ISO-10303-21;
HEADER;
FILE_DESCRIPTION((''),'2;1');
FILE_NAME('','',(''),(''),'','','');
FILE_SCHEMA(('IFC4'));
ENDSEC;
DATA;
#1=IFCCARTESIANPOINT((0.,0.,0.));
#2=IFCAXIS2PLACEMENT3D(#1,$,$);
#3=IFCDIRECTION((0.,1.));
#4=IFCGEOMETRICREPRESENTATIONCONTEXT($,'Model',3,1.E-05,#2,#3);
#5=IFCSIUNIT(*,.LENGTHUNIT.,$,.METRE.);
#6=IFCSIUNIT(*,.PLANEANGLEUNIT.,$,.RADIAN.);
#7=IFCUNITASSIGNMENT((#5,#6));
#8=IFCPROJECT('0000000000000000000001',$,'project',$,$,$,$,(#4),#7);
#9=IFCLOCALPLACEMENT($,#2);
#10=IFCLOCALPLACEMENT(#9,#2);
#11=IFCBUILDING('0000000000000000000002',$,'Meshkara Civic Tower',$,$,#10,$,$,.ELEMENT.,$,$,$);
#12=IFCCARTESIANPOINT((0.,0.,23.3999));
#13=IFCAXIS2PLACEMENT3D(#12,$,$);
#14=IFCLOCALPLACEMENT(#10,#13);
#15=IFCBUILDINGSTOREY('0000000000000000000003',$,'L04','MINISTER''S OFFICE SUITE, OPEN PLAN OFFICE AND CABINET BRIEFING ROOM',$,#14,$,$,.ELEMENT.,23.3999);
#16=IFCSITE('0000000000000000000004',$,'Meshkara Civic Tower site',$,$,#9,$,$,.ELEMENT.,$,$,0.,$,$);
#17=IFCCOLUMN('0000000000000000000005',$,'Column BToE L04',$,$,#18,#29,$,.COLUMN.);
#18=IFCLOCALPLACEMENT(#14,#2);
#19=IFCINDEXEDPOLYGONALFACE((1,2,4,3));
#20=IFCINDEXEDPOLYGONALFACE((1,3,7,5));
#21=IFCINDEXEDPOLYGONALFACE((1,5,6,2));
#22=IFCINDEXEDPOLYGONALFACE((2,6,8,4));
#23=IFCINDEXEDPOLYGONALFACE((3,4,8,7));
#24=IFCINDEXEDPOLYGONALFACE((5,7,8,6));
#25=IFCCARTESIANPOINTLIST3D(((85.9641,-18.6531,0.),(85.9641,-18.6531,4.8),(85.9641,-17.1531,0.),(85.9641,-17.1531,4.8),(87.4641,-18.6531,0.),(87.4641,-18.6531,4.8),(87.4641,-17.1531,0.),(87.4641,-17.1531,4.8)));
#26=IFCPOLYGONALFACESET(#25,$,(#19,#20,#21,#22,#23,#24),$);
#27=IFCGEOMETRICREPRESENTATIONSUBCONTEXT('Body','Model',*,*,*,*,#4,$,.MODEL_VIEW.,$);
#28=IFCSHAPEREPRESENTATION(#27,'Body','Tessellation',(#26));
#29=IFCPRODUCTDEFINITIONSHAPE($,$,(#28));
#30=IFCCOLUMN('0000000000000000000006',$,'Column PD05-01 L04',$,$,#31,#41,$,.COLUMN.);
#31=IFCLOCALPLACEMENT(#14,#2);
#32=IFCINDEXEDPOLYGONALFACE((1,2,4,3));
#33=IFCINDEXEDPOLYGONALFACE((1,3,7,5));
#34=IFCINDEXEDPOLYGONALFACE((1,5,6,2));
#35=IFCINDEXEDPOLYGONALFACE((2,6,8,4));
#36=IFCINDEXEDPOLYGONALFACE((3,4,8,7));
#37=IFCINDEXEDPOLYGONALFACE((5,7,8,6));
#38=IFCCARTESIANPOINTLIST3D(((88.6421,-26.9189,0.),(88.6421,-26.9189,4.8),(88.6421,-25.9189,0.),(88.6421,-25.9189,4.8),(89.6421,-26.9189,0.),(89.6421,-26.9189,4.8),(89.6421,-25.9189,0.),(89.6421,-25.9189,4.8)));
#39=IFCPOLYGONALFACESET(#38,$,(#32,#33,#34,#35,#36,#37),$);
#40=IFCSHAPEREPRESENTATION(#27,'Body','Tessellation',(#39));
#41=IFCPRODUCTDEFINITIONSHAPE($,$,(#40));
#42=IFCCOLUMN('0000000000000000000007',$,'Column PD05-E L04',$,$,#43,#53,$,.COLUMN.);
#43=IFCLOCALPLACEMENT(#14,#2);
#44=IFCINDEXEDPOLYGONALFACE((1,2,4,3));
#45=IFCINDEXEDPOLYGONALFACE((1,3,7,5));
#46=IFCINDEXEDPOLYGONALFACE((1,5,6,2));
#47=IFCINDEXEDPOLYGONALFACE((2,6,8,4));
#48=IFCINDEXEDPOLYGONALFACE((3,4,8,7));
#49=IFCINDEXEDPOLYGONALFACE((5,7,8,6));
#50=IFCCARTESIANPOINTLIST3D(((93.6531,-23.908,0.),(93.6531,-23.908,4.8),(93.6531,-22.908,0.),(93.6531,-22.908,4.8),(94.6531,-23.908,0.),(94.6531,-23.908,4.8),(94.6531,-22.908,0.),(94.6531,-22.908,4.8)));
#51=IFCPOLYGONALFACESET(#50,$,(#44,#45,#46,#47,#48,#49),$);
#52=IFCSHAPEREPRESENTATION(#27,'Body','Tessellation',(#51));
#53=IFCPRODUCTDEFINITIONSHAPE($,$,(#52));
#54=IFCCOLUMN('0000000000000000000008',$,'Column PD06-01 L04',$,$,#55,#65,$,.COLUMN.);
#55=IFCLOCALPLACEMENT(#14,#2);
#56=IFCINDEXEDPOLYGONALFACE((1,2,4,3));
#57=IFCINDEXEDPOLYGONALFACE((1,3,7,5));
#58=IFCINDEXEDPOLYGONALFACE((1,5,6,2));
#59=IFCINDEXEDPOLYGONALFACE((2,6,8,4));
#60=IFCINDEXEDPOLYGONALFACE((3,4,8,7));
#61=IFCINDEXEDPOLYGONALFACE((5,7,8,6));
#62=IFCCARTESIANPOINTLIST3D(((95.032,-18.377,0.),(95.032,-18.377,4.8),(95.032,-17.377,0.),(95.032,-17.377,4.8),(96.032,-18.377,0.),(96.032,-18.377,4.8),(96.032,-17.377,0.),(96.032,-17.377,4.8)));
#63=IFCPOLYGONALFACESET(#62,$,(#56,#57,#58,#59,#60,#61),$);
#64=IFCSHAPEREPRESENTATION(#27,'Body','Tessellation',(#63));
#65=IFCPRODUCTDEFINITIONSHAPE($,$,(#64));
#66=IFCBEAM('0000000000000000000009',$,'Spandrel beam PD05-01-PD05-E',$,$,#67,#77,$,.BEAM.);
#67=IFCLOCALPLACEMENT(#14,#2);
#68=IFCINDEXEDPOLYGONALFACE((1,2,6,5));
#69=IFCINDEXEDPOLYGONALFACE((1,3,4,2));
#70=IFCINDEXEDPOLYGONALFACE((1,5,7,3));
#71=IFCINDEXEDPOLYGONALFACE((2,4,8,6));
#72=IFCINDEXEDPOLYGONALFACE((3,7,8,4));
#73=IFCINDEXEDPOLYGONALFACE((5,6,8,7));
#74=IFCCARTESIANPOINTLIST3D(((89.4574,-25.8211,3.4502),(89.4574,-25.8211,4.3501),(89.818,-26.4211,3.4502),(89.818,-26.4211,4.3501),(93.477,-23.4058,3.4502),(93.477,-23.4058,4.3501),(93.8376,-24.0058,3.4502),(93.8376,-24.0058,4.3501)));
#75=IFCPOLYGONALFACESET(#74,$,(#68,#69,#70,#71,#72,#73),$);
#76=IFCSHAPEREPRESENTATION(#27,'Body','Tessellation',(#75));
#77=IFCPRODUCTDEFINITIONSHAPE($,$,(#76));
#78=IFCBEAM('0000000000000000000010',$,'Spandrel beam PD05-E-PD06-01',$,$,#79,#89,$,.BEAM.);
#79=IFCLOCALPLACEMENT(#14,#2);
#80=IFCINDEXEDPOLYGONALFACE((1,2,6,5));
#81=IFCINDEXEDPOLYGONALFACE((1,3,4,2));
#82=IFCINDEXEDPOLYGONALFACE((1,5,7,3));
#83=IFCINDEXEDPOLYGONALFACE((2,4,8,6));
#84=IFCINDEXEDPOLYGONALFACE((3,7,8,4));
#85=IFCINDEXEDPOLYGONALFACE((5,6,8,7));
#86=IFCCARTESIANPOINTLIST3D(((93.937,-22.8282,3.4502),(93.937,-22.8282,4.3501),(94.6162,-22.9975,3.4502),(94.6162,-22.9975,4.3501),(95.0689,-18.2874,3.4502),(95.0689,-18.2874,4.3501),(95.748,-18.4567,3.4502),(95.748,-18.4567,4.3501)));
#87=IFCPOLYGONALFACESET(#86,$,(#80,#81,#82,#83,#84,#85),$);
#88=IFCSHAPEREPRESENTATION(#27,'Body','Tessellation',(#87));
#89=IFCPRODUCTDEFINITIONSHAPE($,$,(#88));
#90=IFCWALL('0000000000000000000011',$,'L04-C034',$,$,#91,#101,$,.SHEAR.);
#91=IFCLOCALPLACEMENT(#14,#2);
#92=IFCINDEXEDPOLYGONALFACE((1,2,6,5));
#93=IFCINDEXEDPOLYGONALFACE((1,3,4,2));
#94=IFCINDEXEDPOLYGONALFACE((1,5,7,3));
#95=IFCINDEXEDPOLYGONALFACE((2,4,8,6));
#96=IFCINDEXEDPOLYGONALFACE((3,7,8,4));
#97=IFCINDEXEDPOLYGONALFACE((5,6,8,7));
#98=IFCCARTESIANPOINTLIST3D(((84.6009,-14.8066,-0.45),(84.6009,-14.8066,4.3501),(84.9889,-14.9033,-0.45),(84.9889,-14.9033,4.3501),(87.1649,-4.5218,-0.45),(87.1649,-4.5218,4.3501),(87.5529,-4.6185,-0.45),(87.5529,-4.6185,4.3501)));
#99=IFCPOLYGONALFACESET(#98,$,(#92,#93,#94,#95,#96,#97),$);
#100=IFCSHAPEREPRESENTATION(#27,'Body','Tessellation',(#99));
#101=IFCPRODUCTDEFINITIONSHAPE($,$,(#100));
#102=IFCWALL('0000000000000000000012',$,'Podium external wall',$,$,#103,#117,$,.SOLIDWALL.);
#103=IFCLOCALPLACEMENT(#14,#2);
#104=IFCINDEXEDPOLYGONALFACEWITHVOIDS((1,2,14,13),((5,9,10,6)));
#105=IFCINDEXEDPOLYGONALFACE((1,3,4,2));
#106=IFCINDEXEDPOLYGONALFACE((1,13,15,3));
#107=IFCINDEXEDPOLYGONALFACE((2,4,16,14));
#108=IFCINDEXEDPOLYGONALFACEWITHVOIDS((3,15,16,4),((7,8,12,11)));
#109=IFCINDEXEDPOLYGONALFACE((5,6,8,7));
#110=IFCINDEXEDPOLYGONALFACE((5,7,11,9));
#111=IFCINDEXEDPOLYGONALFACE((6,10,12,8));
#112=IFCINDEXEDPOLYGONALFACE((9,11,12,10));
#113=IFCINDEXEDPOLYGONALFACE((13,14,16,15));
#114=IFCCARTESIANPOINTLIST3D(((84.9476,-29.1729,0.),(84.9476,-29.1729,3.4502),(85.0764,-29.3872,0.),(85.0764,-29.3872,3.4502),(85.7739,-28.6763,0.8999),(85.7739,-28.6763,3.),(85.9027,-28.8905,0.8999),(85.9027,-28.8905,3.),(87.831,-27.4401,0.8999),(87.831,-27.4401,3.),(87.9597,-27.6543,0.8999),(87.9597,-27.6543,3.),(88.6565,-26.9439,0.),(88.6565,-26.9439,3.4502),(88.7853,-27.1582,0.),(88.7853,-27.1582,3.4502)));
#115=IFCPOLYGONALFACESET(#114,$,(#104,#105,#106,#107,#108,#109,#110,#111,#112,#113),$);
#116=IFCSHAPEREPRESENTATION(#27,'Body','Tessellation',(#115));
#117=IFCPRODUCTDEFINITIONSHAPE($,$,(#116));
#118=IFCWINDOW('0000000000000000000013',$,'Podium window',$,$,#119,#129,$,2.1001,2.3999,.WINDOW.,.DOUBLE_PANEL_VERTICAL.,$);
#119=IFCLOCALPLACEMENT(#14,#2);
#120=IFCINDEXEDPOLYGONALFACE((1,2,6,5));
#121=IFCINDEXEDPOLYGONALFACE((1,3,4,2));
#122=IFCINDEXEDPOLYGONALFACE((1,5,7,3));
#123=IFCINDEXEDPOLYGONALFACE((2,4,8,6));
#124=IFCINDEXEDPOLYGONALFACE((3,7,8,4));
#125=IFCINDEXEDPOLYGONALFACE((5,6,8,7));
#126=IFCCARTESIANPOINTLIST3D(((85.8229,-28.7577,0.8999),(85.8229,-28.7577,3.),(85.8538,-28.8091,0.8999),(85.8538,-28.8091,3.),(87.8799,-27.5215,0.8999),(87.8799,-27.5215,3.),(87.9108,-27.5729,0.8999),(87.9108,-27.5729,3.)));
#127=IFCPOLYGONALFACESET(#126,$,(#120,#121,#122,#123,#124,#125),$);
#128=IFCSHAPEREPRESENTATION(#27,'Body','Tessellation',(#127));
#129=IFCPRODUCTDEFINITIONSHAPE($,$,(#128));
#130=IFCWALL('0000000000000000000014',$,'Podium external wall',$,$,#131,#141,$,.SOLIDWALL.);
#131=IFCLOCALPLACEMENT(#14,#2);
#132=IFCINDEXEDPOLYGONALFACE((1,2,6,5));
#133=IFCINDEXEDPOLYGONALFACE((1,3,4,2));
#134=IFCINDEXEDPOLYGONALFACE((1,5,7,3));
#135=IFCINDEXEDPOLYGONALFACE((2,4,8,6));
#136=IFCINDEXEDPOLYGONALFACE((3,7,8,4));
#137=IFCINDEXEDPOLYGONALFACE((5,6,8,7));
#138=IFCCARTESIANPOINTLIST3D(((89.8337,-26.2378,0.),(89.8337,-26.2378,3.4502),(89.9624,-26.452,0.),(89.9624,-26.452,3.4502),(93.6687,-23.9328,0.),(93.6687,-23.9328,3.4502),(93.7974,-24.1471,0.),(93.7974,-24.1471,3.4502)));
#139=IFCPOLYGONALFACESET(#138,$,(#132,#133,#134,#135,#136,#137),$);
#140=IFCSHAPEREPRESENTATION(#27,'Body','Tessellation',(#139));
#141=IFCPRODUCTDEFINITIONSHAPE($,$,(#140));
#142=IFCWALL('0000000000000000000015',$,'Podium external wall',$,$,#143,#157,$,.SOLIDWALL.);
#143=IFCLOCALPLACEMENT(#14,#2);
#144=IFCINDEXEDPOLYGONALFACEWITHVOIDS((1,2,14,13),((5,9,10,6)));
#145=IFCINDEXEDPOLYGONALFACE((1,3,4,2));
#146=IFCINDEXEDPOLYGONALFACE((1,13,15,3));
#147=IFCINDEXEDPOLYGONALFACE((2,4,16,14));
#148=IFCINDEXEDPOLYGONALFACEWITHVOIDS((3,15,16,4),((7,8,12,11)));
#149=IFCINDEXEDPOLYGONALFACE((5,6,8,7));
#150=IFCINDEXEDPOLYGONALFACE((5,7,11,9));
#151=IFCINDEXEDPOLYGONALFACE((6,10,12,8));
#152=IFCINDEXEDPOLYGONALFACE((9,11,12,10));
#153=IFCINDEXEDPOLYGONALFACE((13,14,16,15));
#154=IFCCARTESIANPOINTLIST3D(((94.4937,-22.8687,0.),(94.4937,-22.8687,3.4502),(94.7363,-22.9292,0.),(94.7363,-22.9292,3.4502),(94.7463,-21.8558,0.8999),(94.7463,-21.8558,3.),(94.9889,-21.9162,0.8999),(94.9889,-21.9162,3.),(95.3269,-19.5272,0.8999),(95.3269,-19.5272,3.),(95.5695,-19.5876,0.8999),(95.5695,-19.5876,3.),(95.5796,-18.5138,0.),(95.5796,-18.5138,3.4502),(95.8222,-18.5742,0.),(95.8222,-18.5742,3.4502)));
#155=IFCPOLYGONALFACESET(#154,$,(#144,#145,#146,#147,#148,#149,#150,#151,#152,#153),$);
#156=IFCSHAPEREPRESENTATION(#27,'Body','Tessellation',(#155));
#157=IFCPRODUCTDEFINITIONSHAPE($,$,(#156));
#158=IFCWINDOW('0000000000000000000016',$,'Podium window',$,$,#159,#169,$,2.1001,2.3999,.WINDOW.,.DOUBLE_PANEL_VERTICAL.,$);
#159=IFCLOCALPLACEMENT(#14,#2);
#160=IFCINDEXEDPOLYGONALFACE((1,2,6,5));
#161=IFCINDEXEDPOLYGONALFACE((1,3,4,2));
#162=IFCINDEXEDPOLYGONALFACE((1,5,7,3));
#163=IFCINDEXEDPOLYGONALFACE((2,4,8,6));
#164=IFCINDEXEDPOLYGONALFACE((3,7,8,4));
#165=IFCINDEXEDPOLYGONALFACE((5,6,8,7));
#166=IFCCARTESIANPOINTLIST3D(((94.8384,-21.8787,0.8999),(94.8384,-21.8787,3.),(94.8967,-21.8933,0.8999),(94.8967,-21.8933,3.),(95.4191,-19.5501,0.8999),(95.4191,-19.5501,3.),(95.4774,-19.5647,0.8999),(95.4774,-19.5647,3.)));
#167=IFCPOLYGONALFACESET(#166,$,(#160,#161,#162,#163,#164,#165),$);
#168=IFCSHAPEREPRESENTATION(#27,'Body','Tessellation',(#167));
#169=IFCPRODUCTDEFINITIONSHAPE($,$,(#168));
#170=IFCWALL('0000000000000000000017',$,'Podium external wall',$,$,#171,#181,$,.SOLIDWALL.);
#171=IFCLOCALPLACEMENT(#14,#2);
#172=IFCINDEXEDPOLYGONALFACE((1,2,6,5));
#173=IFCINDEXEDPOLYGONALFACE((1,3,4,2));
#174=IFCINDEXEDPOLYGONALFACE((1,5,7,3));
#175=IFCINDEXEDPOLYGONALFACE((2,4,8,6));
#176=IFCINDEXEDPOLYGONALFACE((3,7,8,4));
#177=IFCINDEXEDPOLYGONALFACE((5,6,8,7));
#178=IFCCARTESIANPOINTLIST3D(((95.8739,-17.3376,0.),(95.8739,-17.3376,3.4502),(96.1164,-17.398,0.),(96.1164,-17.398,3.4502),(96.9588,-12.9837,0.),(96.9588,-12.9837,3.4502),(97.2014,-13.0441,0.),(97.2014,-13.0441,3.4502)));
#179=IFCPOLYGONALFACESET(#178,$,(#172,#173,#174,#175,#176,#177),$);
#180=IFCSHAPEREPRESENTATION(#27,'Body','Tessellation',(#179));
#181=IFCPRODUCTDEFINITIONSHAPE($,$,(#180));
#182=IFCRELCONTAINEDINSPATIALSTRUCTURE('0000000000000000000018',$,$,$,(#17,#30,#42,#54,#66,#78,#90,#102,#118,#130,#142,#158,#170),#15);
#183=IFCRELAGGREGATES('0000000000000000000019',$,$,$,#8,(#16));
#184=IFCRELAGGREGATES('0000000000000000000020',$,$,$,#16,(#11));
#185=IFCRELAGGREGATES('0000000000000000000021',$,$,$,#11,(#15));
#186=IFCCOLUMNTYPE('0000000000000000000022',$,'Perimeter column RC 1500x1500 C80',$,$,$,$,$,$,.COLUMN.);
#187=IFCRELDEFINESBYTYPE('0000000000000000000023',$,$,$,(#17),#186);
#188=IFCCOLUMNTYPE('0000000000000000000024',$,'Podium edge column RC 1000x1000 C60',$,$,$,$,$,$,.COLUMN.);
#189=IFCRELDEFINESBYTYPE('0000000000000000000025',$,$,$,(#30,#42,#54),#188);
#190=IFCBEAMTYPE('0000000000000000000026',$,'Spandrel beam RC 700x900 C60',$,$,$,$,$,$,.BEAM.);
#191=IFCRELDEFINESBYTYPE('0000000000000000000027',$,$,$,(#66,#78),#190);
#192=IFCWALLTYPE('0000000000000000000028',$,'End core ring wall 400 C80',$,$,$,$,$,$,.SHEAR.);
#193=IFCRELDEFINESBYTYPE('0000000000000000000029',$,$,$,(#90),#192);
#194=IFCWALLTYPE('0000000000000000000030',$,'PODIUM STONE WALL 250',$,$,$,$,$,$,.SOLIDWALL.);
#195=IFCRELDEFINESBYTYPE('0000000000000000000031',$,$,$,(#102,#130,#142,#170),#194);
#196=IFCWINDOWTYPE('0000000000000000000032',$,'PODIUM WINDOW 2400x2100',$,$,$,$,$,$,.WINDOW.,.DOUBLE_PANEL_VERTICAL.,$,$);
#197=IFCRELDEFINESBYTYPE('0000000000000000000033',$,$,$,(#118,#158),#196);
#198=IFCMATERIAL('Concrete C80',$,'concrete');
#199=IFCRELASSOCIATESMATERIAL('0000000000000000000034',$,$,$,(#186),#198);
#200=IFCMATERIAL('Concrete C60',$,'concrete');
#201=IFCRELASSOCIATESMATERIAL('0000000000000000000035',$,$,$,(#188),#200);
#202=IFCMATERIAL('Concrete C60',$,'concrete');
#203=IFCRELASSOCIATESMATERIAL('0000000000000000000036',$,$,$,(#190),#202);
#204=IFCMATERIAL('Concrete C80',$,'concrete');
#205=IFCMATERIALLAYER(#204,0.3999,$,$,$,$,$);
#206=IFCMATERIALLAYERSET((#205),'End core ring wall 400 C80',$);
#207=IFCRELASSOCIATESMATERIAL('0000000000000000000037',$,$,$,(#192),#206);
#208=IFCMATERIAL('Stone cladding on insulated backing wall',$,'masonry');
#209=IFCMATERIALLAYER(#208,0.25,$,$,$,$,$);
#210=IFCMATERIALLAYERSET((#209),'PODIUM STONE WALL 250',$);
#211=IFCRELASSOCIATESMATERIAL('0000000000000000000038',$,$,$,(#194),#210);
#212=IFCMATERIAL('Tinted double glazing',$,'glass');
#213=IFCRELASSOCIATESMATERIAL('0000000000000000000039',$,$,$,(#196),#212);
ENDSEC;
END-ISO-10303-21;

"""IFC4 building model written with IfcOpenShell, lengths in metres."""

from ifc_helpers import new_model, si_unit, direction, frame, frame_2d, origin, origin_2d, place, context, subcontext, project, spatial, rectangle, extrude, material, layer, layer_set, material_profile, profile_set, type_object, element, fill, save


model = new_model("IFC4")

# Units and contexts
model_context = context("Model", 3, precision=1e-05, world=origin(), true_north=direction((0.0, 1.0)))
body_context = subcontext(model_context, "Body", "Model", "MODEL_VIEW")
ifc_project = project(units=[si_unit("LENGTHUNIT", "METRE"), si_unit("PLANEANGLEUNIT", "RADIAN")], contexts=[model_context])

# Site, building, storey
site_placement = place(None, origin())
site = spatial("IfcSite", under=ifc_project, at=site_placement, Name="Meshkara Civic Tower site", CompositionType="ELEMENT", RefElevation=0.0)
building_placement = place(site_placement, origin())
building = spatial("IfcBuilding", under=site, at=building_placement, Name="Meshkara Civic Tower", CompositionType="ELEMENT")
storey_placement = place(building_placement, frame((0.0, 0.0, 23.3999)))
storey = spatial("IfcBuildingStorey", under=building, at=storey_placement, Name="L04", Description="MINISTER'S OFFICE SUITE, OPEN PLAN OFFICE AND CABINET BRIEFING ROOM", CompositionType="ELEMENT", Elevation=23.3999)

# Columns
ifc_material_1 = material(Name="Concrete C80", Category="concrete")
ifc_material_profile_1 = material_profile(ifc_material_1, rectangle(XDim=1.5, YDim=1.5, at=origin_2d()))
ifc_profile_set_1 = profile_set([ifc_material_profile_1], Name="Concrete C80")
column_type_1 = type_object("IfcColumnType", Name="Perimeter column RC 1500x1500 C80", PredefinedType="COLUMN", material=ifc_profile_set_1)
column_placement = place(storey_placement, frame((86.7141, -17.9031, 0.0), z_axis=(0.0, 0.0, 1.0), x_axis=(1.0, 0.0, 0.0)))
element("IfcColumn", 1, at=column_placement, inside=storey, type_object=column_type_1, Name="Column BToE L04", PredefinedType="COLUMN", context=body_context, shape_type="SweptSolid", body=[
    extrude(rectangle(XDim=1.5, YDim=1.5, at=origin_2d()), origin(), (0.0, 0.0, 1.0), 4.8),
])
ifc_material_2 = material(Name="Concrete C60", Category="concrete")
ifc_material_profile_2 = material_profile(ifc_material_2, rectangle(XDim=1.0, YDim=1.0, at=origin_2d()))
ifc_profile_set_2 = profile_set([ifc_material_profile_2], Name="Concrete C60")
column_type_2 = type_object("IfcColumnType", Name="Podium edge column RC 1000x1000 C60", PredefinedType="COLUMN", material=ifc_profile_set_2)
for number, where, z_axis, x_axis, name in (
    (2, (89.1421, -26.4189, 0.0), (0.0, 0.0, 1.0), (1.0, 0.0, 0.0), "Column PD05-01 L04"),
    (3, (94.1531, -23.408, 0.0), (0.0, 0.0, 1.0), (1.0, 0.0, 0.0), "Column PD05-E L04"),
    (4, (95.532, -17.877, 0.0), (0.0, 0.0, 1.0), (1.0, 0.0, 0.0), "Column PD06-01 L04"),
):
    element("IfcColumn", number, at=place(storey_placement, frame(where, z_axis=z_axis, x_axis=x_axis)), inside=storey, type_object=column_type_2, Name=name, PredefinedType="COLUMN", context=body_context, shape_type="SweptSolid", body=[
        extrude(rectangle(XDim=1.0, YDim=1.0, at=origin_2d()), origin(), (0.0, 0.0, 1.0), 4.8),
    ])

# Beams
ifc_material_3 = material(Name="Concrete C60", Category="concrete")
ifc_material_profile_3 = material_profile(ifc_material_3, rectangle(XDim=0.7, YDim=0.8999, at=origin_2d()))
ifc_profile_set_3 = profile_set([ifc_material_profile_3], Name="Concrete C60")
beam_type = type_object("IfcBeamType", Name="Spandrel beam RC 700x900 C60", PredefinedType="BEAM", material=ifc_profile_set_3)
beam_1_placement = place(storey_placement, frame((89.6377, -26.1211, 3.9001), z_axis=(0.857157, 0.515055, 0.0), x_axis=(-0.515055, 0.857157, 0.0)))
element("IfcBeam", 5, at=beam_1_placement, inside=storey, type_object=beam_type, Name="Spandrel beam PD05-01-PD05-E", PredefinedType="BEAM", context=body_context, shape_type="SweptSolid", body=[
    extrude(rectangle(XDim=0.7, YDim=0.8999, at=origin_2d()), origin(), (0.0, 0.0, 1.0), 4.6895),
])
beam_2_placement = place(storey_placement, frame((94.2766, -22.9128, 3.9001), z_axis=(0.24186, 0.970311, 0.0), x_axis=(-0.970311, 0.24186, 0.0)))
element("IfcBeam", 6, at=beam_2_placement, inside=storey, type_object=beam_type, Name="Spandrel beam PD05-E-PD06-01", PredefinedType="BEAM", context=body_context, shape_type="SweptSolid", body=[
    extrude(rectangle(XDim=0.7, YDim=0.8999, at=origin_2d()), origin(), (0.0, 0.0, 1.0), 4.6797),
])

# Wall
ifc_material_4 = material(Name="Concrete C80", Category="concrete")
ifc_layer_1 = layer(ifc_material_4, 0.3999)
ifc_layer_set_1 = layer_set([ifc_layer_1], Name="End core ring wall 400 C80")
wall_type_1 = type_object("IfcWallType", Name="End core ring wall 400 C80", PredefinedType="SHEAR", material=ifc_layer_set_1)
wall_1_placement = place(storey_placement, frame((84.7949, -14.855, -0.45), z_axis=(0.0, 0.0, 1.0), x_axis=(0.241891, 0.970304, 0.0)))
element("IfcWall", 7, at=wall_1_placement, inside=storey, type_object=wall_type_1, Name="L04-C034", PredefinedType="SHEAR", context=body_context, shape_type="SweptSolid", body=[
    extrude(rectangle(XDim=10.5996, YDim=0.3999, at=frame_2d((5.2998, 0.0))), origin(), (0.0, 0.0, 1.0), 4.8),
])

# Wall, opening, window
ifc_material_5 = material(Name="Stone cladding on insulated backing wall", Category="masonry")
ifc_layer_2 = layer(ifc_material_5, 0.25)
ifc_layer_set_2 = layer_set([ifc_layer_2], Name="PODIUM STONE WALL 250")
wall_type_2 = type_object("IfcWallType", Name="PODIUM STONE WALL 250", PredefinedType="SOLIDWALL", material=ifc_layer_set_2)
wall_2_placement = place(storey_placement, frame((85.012, -29.28, 0.0), z_axis=(0.0, 0.0, 1.0), x_axis=(0.857124, 0.51511, 0.0)))
wall_2 = element("IfcWall", 8, at=wall_2_placement, inside=storey, type_object=wall_type_2, Name="Podium external wall", PredefinedType="SOLIDWALL", context=body_context, shape_type="SweptSolid", body=[
    extrude(rectangle(XDim=4.3271, YDim=0.25, at=frame_2d((2.1636, 0.0))), origin(), (0.0, 0.0, 1.0), 3.4502),
])
opening_1_placement = place(wall_2_placement, frame((0.9641, 0.0, 0.8999)))
opening_1 = element("IfcOpeningElement", 9, at=opening_1_placement, cuts=wall_2, PredefinedType="OPENING", context=body_context, shape_type="SweptSolid", body=[
    extrude(rectangle(XDim=2.3999, YDim=2.1001, at=frame_2d((1.2, 1.05))), frame((0.0, 0.135, 0.0), z_axis=(0.0, -1.0, 0.0), x_axis=(1.0, 0.0, 0.0)), (0.0, 0.0, 1.0), 0.27),
])
ifc_material_6 = material(Name="Tinted double glazing", Category="glass")
window_type = type_object("IfcWindowType", Name="PODIUM WINDOW 2400x2100", PartitioningType="DOUBLE_PANEL_VERTICAL", PredefinedType="WINDOW", material=ifc_material_6)
window_1_placement = place(opening_1_placement, origin())
window_1 = element("IfcWindow", 10, at=window_1_placement, inside=storey, type_object=window_type, Name="Podium window", OverallHeight=2.1001, OverallWidth=2.3999, PartitioningType="DOUBLE_PANEL_VERTICAL", PredefinedType="WINDOW", context=body_context, shape_type="SweptSolid", body=[
    extrude(rectangle(XDim=2.3999, YDim=2.1001, at=frame_2d((1.2, 1.05))), frame((0.0, 0.03, 0.0), z_axis=(0.0, -1.0, 0.0), x_axis=(1.0, 0.0, 0.0)), (0.0, 0.0, 1.0), 0.0601),
])
fill(opening_1, window_1)

# Wall
wall_3_placement = place(storey_placement, frame((89.8979, -26.345, 0.0), z_axis=(0.0, 0.0, 1.0), x_axis=(0.857103, 0.515146, 0.0)))
element("IfcWall", 11, at=wall_3_placement, inside=storey, type_object=wall_type_2, Name="Podium external wall", PredefinedType="SOLIDWALL", context=body_context, shape_type="SweptSolid", body=[
    extrude(rectangle(XDim=4.4744, YDim=0.25, at=frame_2d((2.2373, 0.0))), origin(), (0.0, 0.0, 1.0), 3.4502),
])

# Wall, opening, window
wall_4_placement = place(storey_placement, frame((94.615, -22.8989, 0.0), z_axis=(0.0, 0.0, 1.0), x_axis=(0.241947, 0.97029, 0.0)))
wall_4 = element("IfcWall", 12, at=wall_4_placement, inside=storey, type_object=wall_type_2, Name="Podium external wall", PredefinedType="SOLIDWALL", context=body_context, shape_type="SweptSolid", body=[
    extrude(rectangle(XDim=4.4883, YDim=0.25, at=frame_2d((2.2441, 0.0))), origin(), (0.0, 0.0, 1.0), 3.4502),
])
opening_2_placement = place(wall_4_placement, frame((1.0439, 0.0, 0.8999)))
opening_2 = element("IfcOpeningElement", 13, at=opening_2_placement, cuts=wall_4, PredefinedType="OPENING", context=body_context, shape_type="SweptSolid", body=[
    extrude(rectangle(XDim=2.3999, YDim=2.1001, at=frame_2d((1.2, 1.05))), frame((0.0, 0.135, 0.0), z_axis=(0.0, -1.0, 0.0), x_axis=(1.0, 0.0, 0.0)), (0.0, 0.0, 1.0), 0.27),
])
window_2_placement = place(opening_2_placement, origin())
window_2 = element("IfcWindow", 14, at=window_2_placement, inside=storey, type_object=window_type, Name="Podium window", OverallHeight=2.1001, OverallWidth=2.3999, PartitioningType="DOUBLE_PANEL_VERTICAL", PredefinedType="WINDOW", context=body_context, shape_type="SweptSolid", body=[
    extrude(rectangle(XDim=2.3999, YDim=2.1001, at=frame_2d((1.2, 1.05))), frame((0.0, 0.03, 0.0), z_axis=(0.0, -1.0, 0.0), x_axis=(1.0, 0.0, 0.0)), (0.0, 0.0, 1.0), 0.0601),
])
fill(opening_2, window_2)

# Wall
wall_5_placement = place(storey_placement, frame((95.9951, -17.3679, 0.0), z_axis=(0.0, 0.0, 1.0), x_axis=(0.241793, 0.970328, 0.0)))
element("IfcWall", 15, at=wall_5_placement, inside=storey, type_object=wall_type_2, Name="Podium external wall", PredefinedType="SOLIDWALL", context=body_context, shape_type="SweptSolid", body=[
    extrude(rectangle(XDim=4.4871, YDim=0.25, at=frame_2d((2.2437, 0.0))), origin(), (0.0, 0.0, 1.0), 3.4502),
])

save(model, "model.ifc")
